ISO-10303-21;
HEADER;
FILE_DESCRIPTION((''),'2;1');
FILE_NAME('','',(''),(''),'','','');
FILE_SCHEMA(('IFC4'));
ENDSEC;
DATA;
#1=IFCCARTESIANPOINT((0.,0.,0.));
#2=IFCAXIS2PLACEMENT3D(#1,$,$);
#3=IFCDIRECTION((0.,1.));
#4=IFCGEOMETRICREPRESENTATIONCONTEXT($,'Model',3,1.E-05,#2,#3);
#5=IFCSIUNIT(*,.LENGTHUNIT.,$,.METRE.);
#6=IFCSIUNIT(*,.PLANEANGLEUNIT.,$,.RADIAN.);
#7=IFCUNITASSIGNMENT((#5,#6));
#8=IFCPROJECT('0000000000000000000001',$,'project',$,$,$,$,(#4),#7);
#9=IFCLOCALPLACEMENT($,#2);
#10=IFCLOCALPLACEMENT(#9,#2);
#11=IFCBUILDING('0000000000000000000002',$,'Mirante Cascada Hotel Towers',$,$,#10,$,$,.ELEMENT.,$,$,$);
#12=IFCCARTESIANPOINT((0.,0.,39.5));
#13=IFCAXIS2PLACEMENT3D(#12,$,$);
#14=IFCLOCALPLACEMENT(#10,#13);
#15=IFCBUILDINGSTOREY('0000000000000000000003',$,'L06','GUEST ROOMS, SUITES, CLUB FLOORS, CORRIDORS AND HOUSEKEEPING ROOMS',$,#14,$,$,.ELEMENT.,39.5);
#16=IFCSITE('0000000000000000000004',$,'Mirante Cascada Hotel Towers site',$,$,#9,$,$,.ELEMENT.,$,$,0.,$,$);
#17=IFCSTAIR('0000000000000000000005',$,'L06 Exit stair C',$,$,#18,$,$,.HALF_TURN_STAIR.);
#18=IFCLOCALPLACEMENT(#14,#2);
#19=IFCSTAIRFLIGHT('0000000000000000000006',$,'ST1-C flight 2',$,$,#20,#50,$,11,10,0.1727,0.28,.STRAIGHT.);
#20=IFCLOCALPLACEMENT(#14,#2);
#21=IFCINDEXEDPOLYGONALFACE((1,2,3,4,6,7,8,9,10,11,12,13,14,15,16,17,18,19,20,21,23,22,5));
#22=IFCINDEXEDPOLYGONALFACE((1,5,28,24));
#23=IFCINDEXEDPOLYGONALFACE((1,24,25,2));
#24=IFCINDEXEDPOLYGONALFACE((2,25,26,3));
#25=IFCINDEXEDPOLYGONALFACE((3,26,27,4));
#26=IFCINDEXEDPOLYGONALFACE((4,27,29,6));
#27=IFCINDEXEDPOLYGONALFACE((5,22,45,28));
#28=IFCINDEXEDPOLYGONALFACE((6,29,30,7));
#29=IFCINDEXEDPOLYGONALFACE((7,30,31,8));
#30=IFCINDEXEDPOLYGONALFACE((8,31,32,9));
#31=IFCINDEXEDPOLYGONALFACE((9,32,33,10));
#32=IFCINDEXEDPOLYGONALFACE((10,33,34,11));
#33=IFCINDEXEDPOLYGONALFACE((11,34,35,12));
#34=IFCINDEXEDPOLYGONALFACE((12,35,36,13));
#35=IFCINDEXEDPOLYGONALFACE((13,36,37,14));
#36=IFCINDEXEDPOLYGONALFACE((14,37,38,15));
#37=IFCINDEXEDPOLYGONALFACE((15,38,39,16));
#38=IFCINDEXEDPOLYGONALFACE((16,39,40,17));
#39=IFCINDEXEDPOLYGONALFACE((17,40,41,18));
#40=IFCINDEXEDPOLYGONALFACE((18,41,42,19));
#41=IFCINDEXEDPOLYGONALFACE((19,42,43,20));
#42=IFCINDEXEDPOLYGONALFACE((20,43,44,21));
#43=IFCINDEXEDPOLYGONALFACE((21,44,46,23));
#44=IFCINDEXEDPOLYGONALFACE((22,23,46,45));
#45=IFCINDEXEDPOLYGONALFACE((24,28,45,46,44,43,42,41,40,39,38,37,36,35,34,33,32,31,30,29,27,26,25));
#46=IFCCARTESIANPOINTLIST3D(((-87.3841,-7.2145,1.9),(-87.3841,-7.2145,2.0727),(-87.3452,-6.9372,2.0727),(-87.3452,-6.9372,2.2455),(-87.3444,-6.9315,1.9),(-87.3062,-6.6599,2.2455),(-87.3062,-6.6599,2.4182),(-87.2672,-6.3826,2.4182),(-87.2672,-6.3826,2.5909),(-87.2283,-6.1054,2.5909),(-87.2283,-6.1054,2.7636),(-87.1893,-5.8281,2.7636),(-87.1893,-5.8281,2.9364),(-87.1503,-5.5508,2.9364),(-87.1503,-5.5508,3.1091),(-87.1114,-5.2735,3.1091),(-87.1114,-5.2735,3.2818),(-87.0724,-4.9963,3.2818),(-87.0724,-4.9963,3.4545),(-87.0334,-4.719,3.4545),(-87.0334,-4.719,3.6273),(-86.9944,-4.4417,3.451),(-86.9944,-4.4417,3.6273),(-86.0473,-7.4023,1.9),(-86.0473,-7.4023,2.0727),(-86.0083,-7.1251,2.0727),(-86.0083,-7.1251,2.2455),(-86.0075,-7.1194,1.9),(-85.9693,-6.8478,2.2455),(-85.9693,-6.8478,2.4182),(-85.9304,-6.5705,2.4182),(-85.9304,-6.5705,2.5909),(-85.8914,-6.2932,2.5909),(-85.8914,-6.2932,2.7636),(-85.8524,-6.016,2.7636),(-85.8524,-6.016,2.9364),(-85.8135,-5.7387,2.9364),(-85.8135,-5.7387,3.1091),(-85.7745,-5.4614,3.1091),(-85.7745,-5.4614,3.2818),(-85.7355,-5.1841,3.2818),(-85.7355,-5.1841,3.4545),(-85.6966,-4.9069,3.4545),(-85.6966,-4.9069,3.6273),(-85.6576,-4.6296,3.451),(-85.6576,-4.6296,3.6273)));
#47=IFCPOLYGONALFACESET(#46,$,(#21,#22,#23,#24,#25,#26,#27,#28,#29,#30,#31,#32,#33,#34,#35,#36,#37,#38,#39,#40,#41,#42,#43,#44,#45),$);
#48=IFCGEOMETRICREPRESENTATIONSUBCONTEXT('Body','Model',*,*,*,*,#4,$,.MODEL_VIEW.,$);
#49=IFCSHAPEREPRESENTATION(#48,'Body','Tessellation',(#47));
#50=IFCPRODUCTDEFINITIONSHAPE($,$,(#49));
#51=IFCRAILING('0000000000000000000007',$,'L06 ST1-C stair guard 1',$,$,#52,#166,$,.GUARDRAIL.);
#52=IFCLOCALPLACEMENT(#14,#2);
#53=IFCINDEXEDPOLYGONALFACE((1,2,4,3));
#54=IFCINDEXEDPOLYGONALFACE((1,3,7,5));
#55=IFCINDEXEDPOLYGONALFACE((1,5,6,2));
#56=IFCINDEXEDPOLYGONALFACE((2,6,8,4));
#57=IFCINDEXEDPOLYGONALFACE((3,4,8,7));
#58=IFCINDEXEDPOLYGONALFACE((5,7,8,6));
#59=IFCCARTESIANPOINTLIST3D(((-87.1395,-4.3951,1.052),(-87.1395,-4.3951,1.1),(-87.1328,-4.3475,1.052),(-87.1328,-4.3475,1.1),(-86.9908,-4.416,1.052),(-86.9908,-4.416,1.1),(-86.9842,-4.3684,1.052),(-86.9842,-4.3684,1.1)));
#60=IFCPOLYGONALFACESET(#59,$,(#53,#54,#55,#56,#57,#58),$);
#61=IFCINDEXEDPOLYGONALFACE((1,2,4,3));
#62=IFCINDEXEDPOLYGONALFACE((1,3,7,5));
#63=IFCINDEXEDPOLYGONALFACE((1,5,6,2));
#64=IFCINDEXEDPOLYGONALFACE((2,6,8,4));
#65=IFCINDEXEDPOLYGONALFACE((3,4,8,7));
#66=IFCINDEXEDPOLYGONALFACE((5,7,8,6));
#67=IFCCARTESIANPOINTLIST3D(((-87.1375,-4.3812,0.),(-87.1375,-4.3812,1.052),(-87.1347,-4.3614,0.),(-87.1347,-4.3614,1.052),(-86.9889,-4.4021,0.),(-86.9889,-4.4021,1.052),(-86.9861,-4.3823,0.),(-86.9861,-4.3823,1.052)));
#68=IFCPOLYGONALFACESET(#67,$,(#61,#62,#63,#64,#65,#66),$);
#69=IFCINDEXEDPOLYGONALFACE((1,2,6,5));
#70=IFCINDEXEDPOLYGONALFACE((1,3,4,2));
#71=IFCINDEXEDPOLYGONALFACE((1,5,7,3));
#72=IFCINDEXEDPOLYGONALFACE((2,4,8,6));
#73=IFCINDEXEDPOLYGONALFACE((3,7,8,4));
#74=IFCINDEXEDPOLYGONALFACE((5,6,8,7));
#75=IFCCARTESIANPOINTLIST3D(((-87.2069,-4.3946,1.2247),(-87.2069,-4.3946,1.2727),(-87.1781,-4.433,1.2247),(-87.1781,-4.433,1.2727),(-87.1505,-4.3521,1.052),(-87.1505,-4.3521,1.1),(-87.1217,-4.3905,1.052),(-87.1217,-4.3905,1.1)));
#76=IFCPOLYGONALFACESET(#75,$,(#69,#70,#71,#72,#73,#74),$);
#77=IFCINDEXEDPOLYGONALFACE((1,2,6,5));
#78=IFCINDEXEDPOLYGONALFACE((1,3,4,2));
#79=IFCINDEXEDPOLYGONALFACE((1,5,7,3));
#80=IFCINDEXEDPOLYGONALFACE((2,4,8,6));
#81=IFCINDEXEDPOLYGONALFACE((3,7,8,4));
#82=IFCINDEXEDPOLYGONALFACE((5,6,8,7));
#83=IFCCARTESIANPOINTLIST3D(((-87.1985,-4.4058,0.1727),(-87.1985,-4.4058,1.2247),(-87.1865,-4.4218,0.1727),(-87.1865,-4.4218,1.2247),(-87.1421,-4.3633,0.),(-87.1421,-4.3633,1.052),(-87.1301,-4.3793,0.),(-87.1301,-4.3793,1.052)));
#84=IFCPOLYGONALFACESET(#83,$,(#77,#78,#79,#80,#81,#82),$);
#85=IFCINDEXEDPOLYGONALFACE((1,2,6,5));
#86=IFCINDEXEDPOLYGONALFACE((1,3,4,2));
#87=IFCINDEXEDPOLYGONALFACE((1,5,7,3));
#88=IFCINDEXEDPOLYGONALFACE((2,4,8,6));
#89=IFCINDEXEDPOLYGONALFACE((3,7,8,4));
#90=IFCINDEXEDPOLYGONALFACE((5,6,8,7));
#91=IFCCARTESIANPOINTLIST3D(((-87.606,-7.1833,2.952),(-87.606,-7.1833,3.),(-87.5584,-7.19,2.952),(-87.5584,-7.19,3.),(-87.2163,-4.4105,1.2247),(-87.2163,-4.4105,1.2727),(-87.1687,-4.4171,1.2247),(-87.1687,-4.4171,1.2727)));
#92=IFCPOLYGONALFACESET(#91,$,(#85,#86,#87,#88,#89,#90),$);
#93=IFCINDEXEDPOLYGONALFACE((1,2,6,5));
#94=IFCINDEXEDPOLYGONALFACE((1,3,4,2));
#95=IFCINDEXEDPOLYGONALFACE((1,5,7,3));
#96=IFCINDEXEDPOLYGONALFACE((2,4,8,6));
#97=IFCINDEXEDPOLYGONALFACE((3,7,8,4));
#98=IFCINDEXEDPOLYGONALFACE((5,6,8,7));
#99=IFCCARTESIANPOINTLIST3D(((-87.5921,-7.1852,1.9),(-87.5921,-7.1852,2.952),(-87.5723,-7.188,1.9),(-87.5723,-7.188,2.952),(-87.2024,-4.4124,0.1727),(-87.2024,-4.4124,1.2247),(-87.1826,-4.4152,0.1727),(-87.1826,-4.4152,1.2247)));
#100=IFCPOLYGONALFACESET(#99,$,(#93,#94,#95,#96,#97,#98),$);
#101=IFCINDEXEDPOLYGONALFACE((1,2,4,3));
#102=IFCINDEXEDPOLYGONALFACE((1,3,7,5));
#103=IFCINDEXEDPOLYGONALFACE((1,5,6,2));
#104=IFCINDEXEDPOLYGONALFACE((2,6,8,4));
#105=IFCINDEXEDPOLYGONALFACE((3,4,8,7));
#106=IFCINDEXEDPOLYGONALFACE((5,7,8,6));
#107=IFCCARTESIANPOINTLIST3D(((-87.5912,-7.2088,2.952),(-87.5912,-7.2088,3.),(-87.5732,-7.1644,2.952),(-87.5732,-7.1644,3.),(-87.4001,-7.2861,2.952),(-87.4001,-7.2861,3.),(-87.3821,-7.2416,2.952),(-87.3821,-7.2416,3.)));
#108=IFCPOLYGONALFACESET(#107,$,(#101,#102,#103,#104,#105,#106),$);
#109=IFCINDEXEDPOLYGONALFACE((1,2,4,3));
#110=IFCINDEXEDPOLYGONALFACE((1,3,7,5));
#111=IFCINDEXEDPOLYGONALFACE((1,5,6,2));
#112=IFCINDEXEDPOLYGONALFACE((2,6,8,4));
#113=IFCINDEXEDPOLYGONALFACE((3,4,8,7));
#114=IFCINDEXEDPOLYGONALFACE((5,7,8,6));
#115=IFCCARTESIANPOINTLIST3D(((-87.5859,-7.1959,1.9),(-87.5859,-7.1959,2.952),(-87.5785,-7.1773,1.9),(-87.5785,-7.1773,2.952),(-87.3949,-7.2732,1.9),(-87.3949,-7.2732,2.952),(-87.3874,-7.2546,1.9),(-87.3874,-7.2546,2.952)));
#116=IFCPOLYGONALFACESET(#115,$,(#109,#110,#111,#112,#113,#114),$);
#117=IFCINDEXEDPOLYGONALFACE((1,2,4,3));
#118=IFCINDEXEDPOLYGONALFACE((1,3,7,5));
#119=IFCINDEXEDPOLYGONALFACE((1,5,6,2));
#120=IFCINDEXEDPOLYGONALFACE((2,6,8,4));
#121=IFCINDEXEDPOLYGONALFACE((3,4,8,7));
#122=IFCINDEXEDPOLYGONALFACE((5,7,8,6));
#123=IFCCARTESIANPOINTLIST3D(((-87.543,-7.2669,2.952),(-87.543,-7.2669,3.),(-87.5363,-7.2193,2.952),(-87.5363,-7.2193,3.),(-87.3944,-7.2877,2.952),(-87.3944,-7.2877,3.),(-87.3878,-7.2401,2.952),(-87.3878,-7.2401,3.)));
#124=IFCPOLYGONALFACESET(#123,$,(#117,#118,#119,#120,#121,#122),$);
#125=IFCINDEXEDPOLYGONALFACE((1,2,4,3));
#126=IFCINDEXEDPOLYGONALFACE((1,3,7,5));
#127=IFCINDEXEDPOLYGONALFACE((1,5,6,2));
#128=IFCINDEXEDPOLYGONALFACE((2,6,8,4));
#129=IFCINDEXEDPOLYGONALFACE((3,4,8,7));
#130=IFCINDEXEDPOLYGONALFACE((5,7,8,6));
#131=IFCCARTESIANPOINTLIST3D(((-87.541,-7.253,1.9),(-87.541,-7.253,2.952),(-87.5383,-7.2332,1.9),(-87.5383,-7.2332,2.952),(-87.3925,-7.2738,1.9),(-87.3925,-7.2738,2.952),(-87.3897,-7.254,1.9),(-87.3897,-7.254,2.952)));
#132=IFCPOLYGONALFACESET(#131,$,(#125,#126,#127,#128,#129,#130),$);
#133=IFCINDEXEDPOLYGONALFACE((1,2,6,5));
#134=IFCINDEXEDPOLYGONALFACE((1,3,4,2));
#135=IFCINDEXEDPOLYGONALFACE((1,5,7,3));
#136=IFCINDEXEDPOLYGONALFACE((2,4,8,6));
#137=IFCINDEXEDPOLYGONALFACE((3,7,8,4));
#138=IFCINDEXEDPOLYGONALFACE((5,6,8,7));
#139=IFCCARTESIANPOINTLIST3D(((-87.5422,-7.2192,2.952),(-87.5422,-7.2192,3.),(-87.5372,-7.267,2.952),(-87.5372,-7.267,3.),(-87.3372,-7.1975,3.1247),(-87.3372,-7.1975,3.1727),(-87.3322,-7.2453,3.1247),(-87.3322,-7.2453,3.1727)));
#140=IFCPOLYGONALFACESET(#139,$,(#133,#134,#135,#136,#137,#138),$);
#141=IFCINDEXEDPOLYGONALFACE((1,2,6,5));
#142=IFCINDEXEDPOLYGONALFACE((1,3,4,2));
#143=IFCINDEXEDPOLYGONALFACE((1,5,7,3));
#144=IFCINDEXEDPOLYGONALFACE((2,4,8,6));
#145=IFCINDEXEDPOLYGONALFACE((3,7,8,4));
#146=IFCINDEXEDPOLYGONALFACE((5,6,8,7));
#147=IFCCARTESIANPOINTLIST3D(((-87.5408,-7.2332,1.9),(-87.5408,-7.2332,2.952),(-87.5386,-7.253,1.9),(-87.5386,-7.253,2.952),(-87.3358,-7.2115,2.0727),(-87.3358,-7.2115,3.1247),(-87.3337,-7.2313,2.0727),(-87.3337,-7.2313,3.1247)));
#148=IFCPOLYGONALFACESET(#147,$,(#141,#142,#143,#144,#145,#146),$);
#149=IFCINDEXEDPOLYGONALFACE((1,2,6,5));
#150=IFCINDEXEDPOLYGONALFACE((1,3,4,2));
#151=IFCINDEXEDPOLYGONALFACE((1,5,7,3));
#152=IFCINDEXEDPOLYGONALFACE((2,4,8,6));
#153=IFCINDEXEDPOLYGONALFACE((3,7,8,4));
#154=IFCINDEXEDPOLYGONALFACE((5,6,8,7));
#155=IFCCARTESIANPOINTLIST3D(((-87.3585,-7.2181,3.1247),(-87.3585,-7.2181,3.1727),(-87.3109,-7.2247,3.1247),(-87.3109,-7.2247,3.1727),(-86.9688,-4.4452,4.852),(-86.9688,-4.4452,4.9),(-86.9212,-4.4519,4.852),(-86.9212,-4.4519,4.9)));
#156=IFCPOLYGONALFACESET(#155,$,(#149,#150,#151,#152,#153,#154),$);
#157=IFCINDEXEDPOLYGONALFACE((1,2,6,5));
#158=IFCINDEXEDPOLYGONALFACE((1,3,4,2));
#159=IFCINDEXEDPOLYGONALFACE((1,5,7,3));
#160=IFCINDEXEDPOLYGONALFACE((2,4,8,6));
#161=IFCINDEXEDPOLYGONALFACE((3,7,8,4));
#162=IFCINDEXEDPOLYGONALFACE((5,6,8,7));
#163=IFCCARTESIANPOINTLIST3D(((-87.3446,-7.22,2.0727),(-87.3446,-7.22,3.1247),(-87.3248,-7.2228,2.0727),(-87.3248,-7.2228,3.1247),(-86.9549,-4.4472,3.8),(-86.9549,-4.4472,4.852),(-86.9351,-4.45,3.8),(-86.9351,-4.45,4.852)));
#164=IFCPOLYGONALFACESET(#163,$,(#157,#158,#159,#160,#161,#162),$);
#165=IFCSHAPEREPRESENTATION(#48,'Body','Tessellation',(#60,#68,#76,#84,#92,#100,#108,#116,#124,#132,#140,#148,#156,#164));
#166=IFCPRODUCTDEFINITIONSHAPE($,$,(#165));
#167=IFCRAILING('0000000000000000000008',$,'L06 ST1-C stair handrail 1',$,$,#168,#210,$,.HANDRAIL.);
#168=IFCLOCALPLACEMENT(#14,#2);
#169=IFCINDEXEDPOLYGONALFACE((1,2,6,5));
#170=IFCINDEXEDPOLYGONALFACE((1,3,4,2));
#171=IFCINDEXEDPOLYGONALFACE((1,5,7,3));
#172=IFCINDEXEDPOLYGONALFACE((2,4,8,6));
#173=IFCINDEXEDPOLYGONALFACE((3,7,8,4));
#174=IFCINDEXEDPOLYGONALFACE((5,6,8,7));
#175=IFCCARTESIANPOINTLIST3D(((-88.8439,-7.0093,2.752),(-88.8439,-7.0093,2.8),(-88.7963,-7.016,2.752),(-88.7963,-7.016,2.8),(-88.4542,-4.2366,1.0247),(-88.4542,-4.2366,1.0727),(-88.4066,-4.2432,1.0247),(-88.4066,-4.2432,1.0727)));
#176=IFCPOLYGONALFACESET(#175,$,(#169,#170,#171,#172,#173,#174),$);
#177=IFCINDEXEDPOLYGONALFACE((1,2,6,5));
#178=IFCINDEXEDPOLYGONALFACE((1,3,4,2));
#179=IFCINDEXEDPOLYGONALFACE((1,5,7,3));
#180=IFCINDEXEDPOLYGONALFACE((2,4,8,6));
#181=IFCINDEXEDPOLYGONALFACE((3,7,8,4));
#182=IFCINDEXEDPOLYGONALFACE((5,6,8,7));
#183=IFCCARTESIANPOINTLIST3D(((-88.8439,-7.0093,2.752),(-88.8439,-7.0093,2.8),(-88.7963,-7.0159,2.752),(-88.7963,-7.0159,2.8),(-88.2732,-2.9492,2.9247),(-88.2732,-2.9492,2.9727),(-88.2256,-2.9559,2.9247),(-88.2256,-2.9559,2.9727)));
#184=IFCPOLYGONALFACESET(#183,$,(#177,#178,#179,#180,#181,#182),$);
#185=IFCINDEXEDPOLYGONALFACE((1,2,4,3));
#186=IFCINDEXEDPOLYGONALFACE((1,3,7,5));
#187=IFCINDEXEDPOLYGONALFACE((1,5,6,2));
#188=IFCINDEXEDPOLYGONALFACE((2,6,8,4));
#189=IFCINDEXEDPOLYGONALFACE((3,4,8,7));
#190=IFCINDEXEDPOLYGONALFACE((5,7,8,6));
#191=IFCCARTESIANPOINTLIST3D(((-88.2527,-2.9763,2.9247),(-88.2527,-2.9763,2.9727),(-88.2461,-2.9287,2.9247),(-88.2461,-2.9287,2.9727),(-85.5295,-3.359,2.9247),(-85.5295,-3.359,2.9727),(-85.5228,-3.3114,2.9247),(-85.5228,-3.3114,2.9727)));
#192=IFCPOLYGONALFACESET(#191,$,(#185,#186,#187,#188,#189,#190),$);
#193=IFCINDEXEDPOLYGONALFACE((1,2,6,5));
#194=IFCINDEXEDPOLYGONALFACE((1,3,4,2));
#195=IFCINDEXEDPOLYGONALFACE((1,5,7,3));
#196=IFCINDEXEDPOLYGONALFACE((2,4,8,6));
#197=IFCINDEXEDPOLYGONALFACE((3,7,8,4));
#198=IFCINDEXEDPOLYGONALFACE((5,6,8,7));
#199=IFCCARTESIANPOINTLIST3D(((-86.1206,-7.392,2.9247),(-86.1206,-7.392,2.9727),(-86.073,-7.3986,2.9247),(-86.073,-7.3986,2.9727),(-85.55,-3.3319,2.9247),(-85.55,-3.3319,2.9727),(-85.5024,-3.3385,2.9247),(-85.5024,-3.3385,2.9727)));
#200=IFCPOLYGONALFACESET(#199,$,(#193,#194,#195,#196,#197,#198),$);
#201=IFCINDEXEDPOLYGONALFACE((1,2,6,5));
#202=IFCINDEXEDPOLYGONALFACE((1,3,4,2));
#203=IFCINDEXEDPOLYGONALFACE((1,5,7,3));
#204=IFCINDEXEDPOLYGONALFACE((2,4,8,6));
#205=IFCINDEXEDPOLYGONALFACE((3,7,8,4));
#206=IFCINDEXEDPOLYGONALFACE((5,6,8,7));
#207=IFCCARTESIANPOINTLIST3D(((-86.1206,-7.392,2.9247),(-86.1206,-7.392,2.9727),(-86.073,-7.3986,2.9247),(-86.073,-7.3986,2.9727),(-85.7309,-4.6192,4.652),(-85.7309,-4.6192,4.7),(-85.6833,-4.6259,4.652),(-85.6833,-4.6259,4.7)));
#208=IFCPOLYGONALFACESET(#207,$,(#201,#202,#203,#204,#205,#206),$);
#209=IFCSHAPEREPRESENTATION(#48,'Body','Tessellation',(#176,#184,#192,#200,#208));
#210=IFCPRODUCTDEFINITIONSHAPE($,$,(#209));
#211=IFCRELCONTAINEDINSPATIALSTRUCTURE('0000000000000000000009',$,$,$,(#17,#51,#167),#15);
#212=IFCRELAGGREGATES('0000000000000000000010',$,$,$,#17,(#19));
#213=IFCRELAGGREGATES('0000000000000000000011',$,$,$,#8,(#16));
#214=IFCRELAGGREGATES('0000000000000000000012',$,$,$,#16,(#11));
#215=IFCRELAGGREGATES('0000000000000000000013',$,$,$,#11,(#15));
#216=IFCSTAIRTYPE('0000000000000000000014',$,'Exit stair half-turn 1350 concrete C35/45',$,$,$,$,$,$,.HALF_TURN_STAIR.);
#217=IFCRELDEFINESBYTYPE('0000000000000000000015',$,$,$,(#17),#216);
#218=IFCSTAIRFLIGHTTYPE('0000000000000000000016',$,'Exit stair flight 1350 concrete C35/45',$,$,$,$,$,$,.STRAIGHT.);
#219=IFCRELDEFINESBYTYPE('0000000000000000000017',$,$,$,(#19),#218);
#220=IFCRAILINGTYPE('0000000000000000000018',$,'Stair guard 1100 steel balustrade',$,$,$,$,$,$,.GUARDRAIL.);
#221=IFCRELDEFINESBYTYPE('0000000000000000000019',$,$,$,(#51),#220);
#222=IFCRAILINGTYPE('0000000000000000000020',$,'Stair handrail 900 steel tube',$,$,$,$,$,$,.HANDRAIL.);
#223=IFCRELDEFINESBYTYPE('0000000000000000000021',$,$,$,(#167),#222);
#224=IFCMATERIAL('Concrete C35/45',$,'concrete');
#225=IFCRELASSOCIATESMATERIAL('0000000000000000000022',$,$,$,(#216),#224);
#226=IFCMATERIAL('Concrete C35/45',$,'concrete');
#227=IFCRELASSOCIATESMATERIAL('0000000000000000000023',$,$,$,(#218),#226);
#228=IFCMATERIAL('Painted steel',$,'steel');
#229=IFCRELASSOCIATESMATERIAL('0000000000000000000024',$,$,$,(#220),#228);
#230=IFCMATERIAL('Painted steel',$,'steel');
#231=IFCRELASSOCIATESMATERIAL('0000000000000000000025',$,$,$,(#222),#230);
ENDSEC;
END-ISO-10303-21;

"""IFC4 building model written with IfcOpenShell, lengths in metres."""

from ifc_helpers import new_model, si_unit, direction, frame, origin, origin_2d, place, context, subcontext, project, spatial, polyline, rectangle, outline, extrude, material, type_object, element, aggregate, save


model = new_model("IFC4")

# Units and contexts
model_context = context("Model", 3, precision=1e-05, world=origin(), true_north=direction((0.0, 1.0)))
body_context = subcontext(model_context, "Body", "Model", "MODEL_VIEW")
ifc_project = project(units=[si_unit("LENGTHUNIT", "METRE"), si_unit("PLANEANGLEUNIT", "RADIAN")], contexts=[model_context])

# Site, building, storey
site_placement = place(None, origin())
site = spatial("IfcSite", under=ifc_project, at=site_placement, Name="Mirante Cascada Hotel Towers site", CompositionType="ELEMENT", RefElevation=0.0)
building_placement = place(site_placement, origin())
building = spatial("IfcBuilding", under=site, at=building_placement, Name="Mirante Cascada Hotel Towers", CompositionType="ELEMENT")
storey_placement = place(building_placement, frame((0.0, 0.0, 39.5)))
storey = spatial("IfcBuildingStorey", under=building, at=storey_placement, Name="L06", Description="GUEST ROOMS, SUITES, CLUB FLOORS, CORRIDORS AND HOUSEKEEPING ROOMS", CompositionType="ELEMENT", Elevation=39.5)

# Stair, stair flight
ifc_material_1 = material(Name="Concrete C35/45", Category="concrete")
stair_type = type_object("IfcStairType", Name="Exit stair half-turn 1350 concrete C35/45", PredefinedType="HALF_TURN_STAIR", material=ifc_material_1)
stair_placement = place(storey_placement, origin())
stair = element("IfcStair", 1, at=stair_placement, inside=storey, type_object=stair_type, Name="L06 Exit stair C", PredefinedType="HALF_TURN_STAIR")
ifc_material_2 = material(Name="Concrete C35/45", Category="concrete")
stair_flight_type = type_object("IfcStairFlightType", Name="Exit stair flight 1350 concrete C35/45", PredefinedType="STRAIGHT", material=ifc_material_2)
stair_flight_1_placement = place(storey_placement, frame((-86.7157, -7.3084, 1.9), z_axis=(0.0, 0.0, 1.0), x_axis=(0.139173, 0.990268, 0.0)))
stair_flight_1 = element("IfcStairFlight", 2, at=stair_flight_1_placement, type_object=stair_flight_type, Name="ST1-C flight 2", NumberOfRisers=11, NumberOfTreads=10, PredefinedType="STRAIGHT", RiserHeight=0.1727, TreadLength=0.28, context=body_context, shape_type="SweptSolid", body=[
    extrude(outline(polyline([(0.0, 0.0), (0.0, 0.1727), (0.28, 0.1727), (0.28, 0.3455), (0.56, 0.3455), (0.56, 0.5182), (0.84, 0.5182), (0.84, 0.6909), (1.12, 0.6909), (1.12, 0.8636), (1.4, 0.8636), (1.4, 1.0364), (1.68, 1.0364), (1.68, 1.2091), (1.96, 1.2091), (1.96, 1.3818), (2.24, 1.3818), (2.24, 1.5545), (2.52, 1.5545), (2.52, 1.7273), (2.8, 1.7273), (2.8, 1.9), (2.8, 1.551), (0.2857, 0.0), (0.0, 0.0)])), frame((0.0, 0.675, 0.0), z_axis=(0.0, -1.0, 0.0), x_axis=(1.0, 0.0, 0.0)), (0.0, 0.0, 1.0), 1.35),
])
aggregate(stair, [stair_flight_1])

# Railings
ifc_material_3 = material(Name="Painted steel", Category="steel")
railing_type_1 = type_object("IfcRailingType", Name="Stair guard 1100 steel balustrade", PredefinedType="GUARDRAIL", material=ifc_material_3)
railing_1_placement = place(storey_placement, frame((-86.9875, -4.3922, 0.0)))
element("IfcRailing", 3, at=railing_1_placement, inside=storey, type_object=railing_type_1, Name="L06 ST1-C stair guard 1", PredefinedType="GUARDRAIL", context=body_context, shape_type="SweptSolid", body=[
    extrude(rectangle(XDim=0.048, YDim=0.048, at=origin_2d()), frame((0.0, 0.0, 1.076), z_axis=(-0.990254, 0.139275, 0.0), x_axis=(-0.139275, -0.990254, 0.0)), (0.0, 0.0, 1.0), 0.1501),
    extrude(rectangle(XDim=0.02, YDim=1.052, at=origin_2d()), frame((0.0, 0.0, 0.526), z_axis=(-0.990254, 0.139275, 0.0), x_axis=(-0.139275, -0.990254, 0.0)), (0.0, 0.0, 1.0), 0.1501),
    extrude(rectangle(XDim=0.048, YDim=0.048, at=origin_2d()), frame((-0.1486, 0.0209, 1.076), z_axis=(-0.798639, -0.601811, 0.0), x_axis=(0.601811, -0.798639, 0.0)), (0.0, 0.925603, 0.378496), 0.1866),
    extrude(rectangle(XDim=0.02, YDim=1.052, at=origin_2d()), frame((-0.1486, 0.0209, 0.526), z_axis=(-0.798639, -0.601811, 0.0), x_axis=(0.601811, -0.798639, 0.0)), (0.0, 0.925603, 0.378496), 0.1866),
    extrude(rectangle(XDim=0.048, YDim=0.048, at=origin_2d()), frame((-0.205, -0.0216, 1.2487), z_axis=(-0.139176, -0.990268, 0.0), x_axis=(0.990268, -0.139176, 0.0)), (0.0, 0.525021, 0.851089), 3.29),
    extrude(rectangle(XDim=0.02, YDim=1.052, at=origin_2d()), frame((-0.205, -0.0216, 0.6987), z_axis=(-0.139176, -0.990268, 0.0), x_axis=(0.990268, -0.139176, 0.0)), (0.0, 0.525021, 0.851089), 3.29),
    extrude(rectangle(XDim=0.048, YDim=0.048, at=origin_2d()), frame((-0.5947, -2.7944, 2.976), z_axis=(0.927031, -0.374984, 0.0), x_axis=(0.374984, 0.927031, 0.0)), (0.0, 0.0, 1.0), 0.2061),
    extrude(rectangle(XDim=0.02, YDim=1.052, at=origin_2d()), frame((-0.5947, -2.7944, 2.426), z_axis=(0.927031, -0.374984, 0.0), x_axis=(0.374984, 0.927031, 0.0)), (0.0, 0.0, 1.0), 0.2061),
    extrude(rectangle(XDim=0.048, YDim=0.048, at=origin_2d()), frame((-0.4036, -2.8717, 2.976), z_axis=(-0.990345, 0.138622, 0.0), x_axis=(-0.138622, -0.990345, 0.0)), (0.0, 0.0, 1.0), 0.15),
    extrude(rectangle(XDim=0.02, YDim=1.052, at=origin_2d()), frame((-0.4036, -2.8717, 2.426), z_axis=(-0.990345, 0.138622, 0.0), x_axis=(-0.138622, -0.990345, 0.0)), (0.0, 0.0, 1.0), 0.15),
    extrude(rectangle(XDim=0.048, YDim=0.048, at=origin_2d()), frame((-0.5522, -2.8509, 2.976), z_axis=(0.994444, 0.105266, 0.0), x_axis=(-0.105266, 0.994444, 0.0)), (0.0, 0.642184, 0.76655), 0.2689),
    extrude(rectangle(XDim=0.02, YDim=1.052, at=origin_2d()), frame((-0.5522, -2.8509, 2.426), z_axis=(0.994444, 0.105266, 0.0), x_axis=(-0.105266, 0.994444, 0.0)), (0.0, 0.642184, 0.76655), 0.2689),
    extrude(rectangle(XDim=0.048, YDim=0.048, at=origin_2d()), frame((-0.3472, -2.8292, 3.1487), z_axis=(0.139176, 0.990268, 0.0), x_axis=(-0.990268, 0.139176, 0.0)), (0.0, 0.525021, 0.851089), 3.29),
    extrude(rectangle(XDim=0.02, YDim=1.052, at=origin_2d()), frame((-0.3472, -2.8292, 2.5987), z_axis=(0.139176, 0.990268, 0.0), x_axis=(-0.990268, 0.139176, 0.0)), (0.0, 0.525021, 0.851089), 3.29),
])
ifc_material_4 = material(Name="Painted steel", Category="steel")
railing_type_2 = type_object("IfcRailingType", Name="Stair handrail 900 steel tube", PredefinedType="HANDRAIL", material=ifc_material_4)
railing_2_placement = place(storey_placement, frame((-88.4304, -4.2399, 0.1727)))
element("IfcRailing", 4, at=railing_2_placement, inside=storey, type_object=railing_type_2, Name="L06 ST1-C stair handrail 1", PredefinedType="HANDRAIL", context=body_context, shape_type="SweptSolid", body=[
    extrude(rectangle(XDim=0.048, YDim=0.048, at=origin_2d()), frame((0.0, 0.0, 0.876), z_axis=(-0.139181, -0.990267, 0.0), x_axis=(0.990267, -0.139181, 0.0)), (0.0, 0.525035, 0.851081), 3.2899),
    extrude(rectangle(XDim=0.048, YDim=0.048, at=origin_2d()), frame((-0.3897, -2.7727, 2.6033), z_axis=(0.139195, 0.990265, 0.0), x_axis=(-0.990265, 0.139195, 0.0)), (0.0, 0.042084, 0.999114), 4.1036),
    extrude(rectangle(XDim=0.048, YDim=0.048, at=origin_2d()), frame((0.181, 1.2874, 2.776), z_axis=(0.990269, -0.139166, 0.0), x_axis=(0.139166, 0.990269, 0.0)), (0.0, 0.0, 1.0), 2.75),
    extrude(rectangle(XDim=0.048, YDim=0.048, at=origin_2d()), frame((2.9042, 0.9047, 2.776), z_axis=(-0.139171, -0.990268, 0.0), x_axis=(0.990268, -0.139171, 0.0)), (0.0, 0.0, 1.0), 4.1),
    extrude(rectangle(XDim=0.048, YDim=0.048, at=origin_2d()), frame((2.3336, -3.1554, 2.776), z_axis=(0.139181, 0.990267, 0.0), x_axis=(-0.990267, 0.139181, 0.0)), (0.0, 0.525035, 0.851081), 3.2899),
])

save(model, "model.ifc")
